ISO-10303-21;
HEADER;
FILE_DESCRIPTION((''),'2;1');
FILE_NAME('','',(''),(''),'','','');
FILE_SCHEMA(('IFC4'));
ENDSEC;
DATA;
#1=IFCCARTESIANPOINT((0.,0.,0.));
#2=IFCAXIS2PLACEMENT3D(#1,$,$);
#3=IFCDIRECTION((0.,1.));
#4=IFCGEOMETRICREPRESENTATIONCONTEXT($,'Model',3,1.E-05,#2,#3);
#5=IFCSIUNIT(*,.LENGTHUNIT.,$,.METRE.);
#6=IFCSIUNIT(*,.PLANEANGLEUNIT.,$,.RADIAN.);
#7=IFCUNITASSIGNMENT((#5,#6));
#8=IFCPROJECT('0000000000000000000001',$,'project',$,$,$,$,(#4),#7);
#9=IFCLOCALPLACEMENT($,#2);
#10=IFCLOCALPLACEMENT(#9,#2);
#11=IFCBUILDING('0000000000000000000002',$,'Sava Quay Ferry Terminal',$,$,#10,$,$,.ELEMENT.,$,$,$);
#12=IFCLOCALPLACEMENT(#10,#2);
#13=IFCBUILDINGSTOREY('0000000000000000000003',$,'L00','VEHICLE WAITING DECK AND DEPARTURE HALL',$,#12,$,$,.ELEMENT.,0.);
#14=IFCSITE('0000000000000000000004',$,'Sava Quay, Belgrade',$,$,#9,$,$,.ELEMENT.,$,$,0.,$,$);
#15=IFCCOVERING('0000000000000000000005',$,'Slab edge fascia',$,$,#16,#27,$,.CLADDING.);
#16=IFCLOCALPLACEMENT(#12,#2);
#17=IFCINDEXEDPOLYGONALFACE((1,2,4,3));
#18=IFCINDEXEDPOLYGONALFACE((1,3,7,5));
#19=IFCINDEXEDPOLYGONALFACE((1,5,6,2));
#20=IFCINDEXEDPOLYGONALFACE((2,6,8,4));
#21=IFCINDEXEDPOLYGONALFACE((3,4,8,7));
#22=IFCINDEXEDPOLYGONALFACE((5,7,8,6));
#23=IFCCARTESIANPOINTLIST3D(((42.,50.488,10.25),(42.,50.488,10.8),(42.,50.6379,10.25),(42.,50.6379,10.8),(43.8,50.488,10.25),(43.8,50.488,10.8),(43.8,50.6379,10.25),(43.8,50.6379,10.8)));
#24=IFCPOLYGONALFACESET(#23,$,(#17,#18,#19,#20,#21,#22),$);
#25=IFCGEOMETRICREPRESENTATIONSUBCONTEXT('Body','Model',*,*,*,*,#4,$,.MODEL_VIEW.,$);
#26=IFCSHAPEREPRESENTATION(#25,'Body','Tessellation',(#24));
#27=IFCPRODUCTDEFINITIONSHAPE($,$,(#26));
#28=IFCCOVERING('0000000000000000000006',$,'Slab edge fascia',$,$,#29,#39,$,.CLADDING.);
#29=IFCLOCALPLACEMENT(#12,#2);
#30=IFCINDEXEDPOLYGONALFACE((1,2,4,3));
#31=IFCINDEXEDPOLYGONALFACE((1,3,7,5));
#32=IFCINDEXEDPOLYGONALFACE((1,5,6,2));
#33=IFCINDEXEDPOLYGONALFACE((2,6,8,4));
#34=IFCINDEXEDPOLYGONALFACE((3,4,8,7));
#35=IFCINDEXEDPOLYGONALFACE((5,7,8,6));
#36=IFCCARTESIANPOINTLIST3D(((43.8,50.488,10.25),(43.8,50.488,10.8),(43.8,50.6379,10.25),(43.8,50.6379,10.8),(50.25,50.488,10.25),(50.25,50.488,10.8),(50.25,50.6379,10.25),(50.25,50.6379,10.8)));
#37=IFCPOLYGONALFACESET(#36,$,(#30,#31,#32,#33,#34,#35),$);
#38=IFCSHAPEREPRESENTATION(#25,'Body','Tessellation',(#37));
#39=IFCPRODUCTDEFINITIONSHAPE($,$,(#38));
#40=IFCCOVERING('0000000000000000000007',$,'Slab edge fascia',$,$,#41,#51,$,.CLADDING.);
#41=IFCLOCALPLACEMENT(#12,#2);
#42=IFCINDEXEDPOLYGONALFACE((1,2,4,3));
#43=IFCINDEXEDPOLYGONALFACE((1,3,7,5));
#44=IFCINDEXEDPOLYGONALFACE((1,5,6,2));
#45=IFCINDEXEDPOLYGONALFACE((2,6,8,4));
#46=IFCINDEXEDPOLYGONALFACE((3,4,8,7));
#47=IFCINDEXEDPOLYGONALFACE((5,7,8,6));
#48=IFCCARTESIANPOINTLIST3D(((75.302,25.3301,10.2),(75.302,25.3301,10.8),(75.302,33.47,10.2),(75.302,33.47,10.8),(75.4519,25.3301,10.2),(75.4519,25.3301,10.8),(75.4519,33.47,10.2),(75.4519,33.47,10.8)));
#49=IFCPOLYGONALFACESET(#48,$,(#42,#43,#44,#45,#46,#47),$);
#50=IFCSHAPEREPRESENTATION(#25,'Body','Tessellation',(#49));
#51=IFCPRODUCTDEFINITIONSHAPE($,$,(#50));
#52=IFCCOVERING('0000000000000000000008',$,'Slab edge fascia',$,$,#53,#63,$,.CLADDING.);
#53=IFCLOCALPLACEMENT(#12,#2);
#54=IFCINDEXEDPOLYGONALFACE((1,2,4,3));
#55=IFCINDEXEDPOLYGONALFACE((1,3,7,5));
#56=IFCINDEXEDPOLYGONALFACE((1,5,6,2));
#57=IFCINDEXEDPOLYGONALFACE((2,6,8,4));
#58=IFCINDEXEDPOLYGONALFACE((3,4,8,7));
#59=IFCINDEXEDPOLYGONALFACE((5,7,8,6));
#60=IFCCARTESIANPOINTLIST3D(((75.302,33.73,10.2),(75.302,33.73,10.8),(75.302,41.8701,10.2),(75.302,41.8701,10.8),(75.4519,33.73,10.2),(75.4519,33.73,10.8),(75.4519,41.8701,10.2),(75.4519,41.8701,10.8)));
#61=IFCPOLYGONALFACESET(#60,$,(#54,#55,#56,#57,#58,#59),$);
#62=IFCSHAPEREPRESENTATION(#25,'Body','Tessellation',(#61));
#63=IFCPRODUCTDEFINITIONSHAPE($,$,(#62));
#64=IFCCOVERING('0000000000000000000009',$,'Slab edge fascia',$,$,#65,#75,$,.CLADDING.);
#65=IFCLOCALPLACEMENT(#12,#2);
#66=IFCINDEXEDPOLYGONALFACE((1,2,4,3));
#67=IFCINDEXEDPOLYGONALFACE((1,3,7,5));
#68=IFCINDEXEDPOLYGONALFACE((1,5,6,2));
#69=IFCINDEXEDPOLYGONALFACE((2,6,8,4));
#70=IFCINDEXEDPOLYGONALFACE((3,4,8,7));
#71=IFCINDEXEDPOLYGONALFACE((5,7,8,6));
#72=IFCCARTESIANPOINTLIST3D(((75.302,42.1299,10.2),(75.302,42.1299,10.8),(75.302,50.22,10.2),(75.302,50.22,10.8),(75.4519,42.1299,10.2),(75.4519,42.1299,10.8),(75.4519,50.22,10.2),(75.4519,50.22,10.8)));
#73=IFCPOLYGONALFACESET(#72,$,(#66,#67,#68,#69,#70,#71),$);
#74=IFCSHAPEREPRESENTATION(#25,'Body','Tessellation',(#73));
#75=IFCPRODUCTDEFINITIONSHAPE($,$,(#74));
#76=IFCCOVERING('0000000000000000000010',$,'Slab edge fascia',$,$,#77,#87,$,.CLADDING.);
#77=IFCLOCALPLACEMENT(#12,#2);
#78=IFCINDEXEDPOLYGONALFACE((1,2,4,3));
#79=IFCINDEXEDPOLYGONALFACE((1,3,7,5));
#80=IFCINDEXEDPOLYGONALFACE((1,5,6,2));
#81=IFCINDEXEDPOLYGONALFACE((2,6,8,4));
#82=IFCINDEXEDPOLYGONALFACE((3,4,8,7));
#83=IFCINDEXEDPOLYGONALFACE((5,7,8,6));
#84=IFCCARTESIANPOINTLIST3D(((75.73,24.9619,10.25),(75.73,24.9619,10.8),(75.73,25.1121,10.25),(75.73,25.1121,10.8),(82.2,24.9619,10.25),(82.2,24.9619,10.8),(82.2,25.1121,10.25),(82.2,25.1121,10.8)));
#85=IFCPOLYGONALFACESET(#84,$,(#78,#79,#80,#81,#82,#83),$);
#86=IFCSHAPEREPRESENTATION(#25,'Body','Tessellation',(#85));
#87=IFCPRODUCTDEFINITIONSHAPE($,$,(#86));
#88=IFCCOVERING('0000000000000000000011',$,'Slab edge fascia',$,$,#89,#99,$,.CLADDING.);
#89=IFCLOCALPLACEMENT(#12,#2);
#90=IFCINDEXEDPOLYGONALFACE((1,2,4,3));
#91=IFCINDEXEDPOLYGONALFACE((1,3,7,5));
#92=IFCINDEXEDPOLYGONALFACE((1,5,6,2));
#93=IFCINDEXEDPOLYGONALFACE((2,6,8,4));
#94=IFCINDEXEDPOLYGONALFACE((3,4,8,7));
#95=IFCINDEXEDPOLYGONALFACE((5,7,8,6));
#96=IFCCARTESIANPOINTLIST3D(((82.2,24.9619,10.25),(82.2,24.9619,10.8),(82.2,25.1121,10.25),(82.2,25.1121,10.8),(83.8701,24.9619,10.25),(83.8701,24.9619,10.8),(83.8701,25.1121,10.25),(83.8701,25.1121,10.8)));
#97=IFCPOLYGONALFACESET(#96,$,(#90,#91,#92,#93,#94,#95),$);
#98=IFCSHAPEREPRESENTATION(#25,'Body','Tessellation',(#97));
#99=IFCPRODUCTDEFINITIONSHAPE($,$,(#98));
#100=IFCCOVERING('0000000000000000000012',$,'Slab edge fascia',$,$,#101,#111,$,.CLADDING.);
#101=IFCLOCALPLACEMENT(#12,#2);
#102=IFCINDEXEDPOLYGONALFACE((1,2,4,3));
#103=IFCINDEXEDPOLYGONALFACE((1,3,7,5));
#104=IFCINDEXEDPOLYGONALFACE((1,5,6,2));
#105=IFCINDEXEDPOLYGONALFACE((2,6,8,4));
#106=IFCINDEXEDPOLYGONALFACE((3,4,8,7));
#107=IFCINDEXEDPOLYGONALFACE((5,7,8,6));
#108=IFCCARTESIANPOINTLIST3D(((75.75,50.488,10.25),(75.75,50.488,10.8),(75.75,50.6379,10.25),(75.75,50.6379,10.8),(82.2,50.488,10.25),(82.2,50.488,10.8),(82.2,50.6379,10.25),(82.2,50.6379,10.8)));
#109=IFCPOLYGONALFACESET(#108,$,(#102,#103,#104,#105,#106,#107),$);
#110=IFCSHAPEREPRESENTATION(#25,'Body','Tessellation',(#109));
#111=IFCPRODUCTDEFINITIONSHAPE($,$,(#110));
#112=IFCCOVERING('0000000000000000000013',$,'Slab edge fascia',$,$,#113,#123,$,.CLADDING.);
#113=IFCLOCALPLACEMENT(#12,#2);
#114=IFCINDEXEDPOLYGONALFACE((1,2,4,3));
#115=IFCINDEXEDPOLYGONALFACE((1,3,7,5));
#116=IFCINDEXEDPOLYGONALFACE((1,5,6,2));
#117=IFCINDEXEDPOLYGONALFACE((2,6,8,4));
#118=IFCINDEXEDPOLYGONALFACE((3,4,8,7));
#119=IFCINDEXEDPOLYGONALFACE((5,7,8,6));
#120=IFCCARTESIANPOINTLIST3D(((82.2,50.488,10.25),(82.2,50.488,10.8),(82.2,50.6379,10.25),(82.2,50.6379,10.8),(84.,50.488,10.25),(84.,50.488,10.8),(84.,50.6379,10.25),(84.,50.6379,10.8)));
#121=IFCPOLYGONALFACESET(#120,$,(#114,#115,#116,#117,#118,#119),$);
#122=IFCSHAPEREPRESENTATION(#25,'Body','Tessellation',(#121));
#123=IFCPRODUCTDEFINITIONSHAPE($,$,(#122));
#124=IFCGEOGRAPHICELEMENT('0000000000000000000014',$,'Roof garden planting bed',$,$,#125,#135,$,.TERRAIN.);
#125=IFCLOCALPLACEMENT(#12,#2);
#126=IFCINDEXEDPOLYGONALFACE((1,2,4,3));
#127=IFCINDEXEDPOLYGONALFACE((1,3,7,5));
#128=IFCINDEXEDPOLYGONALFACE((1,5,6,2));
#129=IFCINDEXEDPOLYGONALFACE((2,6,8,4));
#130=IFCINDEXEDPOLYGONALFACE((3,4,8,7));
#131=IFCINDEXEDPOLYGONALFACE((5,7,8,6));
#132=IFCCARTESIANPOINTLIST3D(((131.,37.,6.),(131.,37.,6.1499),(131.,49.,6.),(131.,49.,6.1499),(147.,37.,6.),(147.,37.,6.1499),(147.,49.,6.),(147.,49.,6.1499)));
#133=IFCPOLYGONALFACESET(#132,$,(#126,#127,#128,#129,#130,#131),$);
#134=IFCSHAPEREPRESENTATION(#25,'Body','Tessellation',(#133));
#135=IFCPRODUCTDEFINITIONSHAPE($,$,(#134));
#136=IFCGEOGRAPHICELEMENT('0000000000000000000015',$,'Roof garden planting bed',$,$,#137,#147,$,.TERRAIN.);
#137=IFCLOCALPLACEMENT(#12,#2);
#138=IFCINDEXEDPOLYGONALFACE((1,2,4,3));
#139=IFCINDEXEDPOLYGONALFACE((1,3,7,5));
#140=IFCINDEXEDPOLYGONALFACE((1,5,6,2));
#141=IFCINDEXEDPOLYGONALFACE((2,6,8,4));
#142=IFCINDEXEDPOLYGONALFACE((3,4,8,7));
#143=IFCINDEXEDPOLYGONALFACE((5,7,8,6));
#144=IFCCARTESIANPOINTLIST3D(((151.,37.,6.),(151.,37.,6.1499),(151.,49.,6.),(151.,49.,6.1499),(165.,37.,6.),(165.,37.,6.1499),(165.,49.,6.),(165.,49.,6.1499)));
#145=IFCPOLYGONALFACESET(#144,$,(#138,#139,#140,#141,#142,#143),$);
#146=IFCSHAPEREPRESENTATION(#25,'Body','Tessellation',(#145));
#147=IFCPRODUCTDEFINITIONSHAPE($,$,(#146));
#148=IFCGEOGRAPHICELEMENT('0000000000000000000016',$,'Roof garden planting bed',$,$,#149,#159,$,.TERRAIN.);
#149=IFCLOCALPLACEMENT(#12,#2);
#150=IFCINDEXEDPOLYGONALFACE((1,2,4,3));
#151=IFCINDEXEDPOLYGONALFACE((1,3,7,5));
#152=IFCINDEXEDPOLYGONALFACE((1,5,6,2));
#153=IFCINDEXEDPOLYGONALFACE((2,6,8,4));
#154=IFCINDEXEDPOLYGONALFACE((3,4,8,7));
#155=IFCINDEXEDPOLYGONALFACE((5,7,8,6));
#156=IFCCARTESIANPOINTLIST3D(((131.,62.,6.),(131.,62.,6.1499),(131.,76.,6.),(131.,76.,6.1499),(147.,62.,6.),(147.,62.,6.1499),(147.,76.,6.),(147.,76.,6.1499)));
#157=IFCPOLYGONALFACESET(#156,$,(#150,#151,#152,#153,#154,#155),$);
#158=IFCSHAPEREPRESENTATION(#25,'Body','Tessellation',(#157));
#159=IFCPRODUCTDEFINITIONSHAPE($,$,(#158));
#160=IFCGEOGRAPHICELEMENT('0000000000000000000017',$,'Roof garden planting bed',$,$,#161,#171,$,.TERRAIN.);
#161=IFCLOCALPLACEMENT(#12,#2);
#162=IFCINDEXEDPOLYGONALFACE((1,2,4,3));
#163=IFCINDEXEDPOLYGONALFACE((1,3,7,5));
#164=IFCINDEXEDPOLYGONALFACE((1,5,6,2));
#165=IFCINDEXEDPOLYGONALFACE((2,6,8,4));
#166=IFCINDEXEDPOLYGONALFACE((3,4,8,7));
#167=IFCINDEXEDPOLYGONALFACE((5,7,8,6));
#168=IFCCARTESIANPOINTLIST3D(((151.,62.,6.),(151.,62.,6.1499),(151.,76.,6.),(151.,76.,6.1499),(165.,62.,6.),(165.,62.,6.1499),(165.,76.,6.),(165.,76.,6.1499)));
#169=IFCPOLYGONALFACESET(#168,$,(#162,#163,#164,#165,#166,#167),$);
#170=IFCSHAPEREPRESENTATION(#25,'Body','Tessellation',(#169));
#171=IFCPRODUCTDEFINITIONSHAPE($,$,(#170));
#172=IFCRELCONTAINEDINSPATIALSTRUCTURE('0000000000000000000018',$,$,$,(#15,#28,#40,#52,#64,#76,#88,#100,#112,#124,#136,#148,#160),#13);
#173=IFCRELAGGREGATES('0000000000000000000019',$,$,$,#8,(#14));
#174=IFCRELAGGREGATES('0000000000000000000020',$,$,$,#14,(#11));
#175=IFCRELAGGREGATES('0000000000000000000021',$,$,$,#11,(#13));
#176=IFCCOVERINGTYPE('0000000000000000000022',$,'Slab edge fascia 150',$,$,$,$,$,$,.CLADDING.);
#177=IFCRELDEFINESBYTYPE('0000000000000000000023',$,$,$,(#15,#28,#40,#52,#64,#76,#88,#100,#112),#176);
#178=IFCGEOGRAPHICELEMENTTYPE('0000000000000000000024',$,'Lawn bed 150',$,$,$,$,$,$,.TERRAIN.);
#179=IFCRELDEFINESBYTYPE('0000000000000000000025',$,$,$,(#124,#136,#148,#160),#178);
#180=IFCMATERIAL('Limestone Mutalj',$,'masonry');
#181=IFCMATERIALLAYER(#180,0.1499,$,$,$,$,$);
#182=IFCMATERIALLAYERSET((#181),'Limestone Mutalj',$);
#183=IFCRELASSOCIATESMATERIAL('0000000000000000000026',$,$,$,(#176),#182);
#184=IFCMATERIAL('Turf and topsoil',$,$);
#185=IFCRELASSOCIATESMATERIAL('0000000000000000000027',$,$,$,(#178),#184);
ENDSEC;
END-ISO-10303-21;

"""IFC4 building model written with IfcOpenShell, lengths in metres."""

from ifc_helpers import new_model, si_unit, direction, frame, origin, place, context, subcontext, project, spatial, polyline, outline, extrude, material, layer, layer_set, type_object, element, save


model = new_model("IFC4")

# Units and contexts
model_context = context("Model", 3, precision=1e-05, world=origin(), true_north=direction((0.0, 1.0)))
body_context = subcontext(model_context, "Body", "Model", "MODEL_VIEW")
ifc_project = project(units=[si_unit("LENGTHUNIT", "METRE"), si_unit("PLANEANGLEUNIT", "RADIAN")], contexts=[model_context])

# Site, building, storey
site_placement = place(None, origin())
site = spatial("IfcSite", under=ifc_project, at=site_placement, Name="Sava Quay, Belgrade", CompositionType="ELEMENT", RefElevation=0.0)
building_placement = place(site_placement, origin())
building = spatial("IfcBuilding", under=site, at=building_placement, Name="Sava Quay Ferry Terminal", CompositionType="ELEMENT")
storey_placement = place(building_placement, origin())
storey = spatial("IfcBuildingStorey", under=building, at=storey_placement, Name="L00", Description="VEHICLE WAITING DECK AND DEPARTURE HALL", CompositionType="ELEMENT", Elevation=0.0)

# Coverings
ifc_material_1 = material(Name="Limestone Mutalj", Category="masonry")
ifc_layer_1 = layer(ifc_material_1, 0.1499)
ifc_layer_set_1 = layer_set([ifc_layer_1], Name="Limestone Mutalj")
covering_type_1 = type_object("IfcCoveringType", Name="Slab edge fascia 150", PredefinedType="CLADDING", material=ifc_layer_set_1)
covering_1_placement = place(storey_placement, frame((0.0, 0.0, 10.25)))
element("IfcCovering", 1, at=covering_1_placement, inside=storey, type_object=covering_type_1, Name="Slab edge fascia", PredefinedType="CLADDING", context=body_context, shape_type="SweptSolid", body=[
    extrude(outline(polyline([(42.0, 50.6379), (42.0, 50.488), (43.8, 50.488), (43.8, 50.6379), (42.0, 50.6379)])), origin(), (0.0, 0.0, 1.0), 0.55),
])
covering_2_placement = place(storey_placement, frame((0.0, 0.0, 10.25)))
element("IfcCovering", 2, at=covering_2_placement, inside=storey, type_object=covering_type_1, Name="Slab edge fascia", PredefinedType="CLADDING", context=body_context, shape_type="SweptSolid", body=[
    extrude(outline(polyline([(43.8, 50.6379), (43.8, 50.488), (50.25, 50.488), (50.25, 50.6379), (43.8, 50.6379)])), origin(), (0.0, 0.0, 1.0), 0.55),
])
covering_3_placement = place(storey_placement, frame((0.0, 0.0, 10.2)))
element("IfcCovering", 3, at=covering_3_placement, inside=storey, type_object=covering_type_1, Name="Slab edge fascia", PredefinedType="CLADDING", context=body_context, shape_type="SweptSolid", body=[
    extrude(outline(polyline([(75.302, 25.3301), (75.4519, 25.3301), (75.4519, 33.47), (75.302, 33.47), (75.302, 25.3301)])), origin(), (0.0, 0.0, 1.0), 0.6001),
])
covering_4_placement = place(storey_placement, frame((0.0, 0.0, 10.2)))
element("IfcCovering", 4, at=covering_4_placement, inside=storey, type_object=covering_type_1, Name="Slab edge fascia", PredefinedType="CLADDING", context=body_context, shape_type="SweptSolid", body=[
    extrude(outline(polyline([(75.302, 33.73), (75.4519, 33.73), (75.4519, 41.8701), (75.302, 41.8701), (75.302, 33.73)])), origin(), (0.0, 0.0, 1.0), 0.6001),
])
covering_5_placement = place(storey_placement, frame((0.0, 0.0, 10.2)))
element("IfcCovering", 5, at=covering_5_placement, inside=storey, type_object=covering_type_1, Name="Slab edge fascia", PredefinedType="CLADDING", context=body_context, shape_type="SweptSolid", body=[
    extrude(outline(polyline([(75.302, 42.1299), (75.4519, 42.1299), (75.4519, 50.22), (75.302, 50.22), (75.302, 42.1299)])), origin(), (0.0, 0.0, 1.0), 0.6001),
])
covering_6_placement = place(storey_placement, frame((0.0, 0.0, 10.25)))
element("IfcCovering", 6, at=covering_6_placement, inside=storey, type_object=covering_type_1, Name="Slab edge fascia", PredefinedType="CLADDING", context=body_context, shape_type="SweptSolid", body=[
    extrude(outline(polyline([(82.2, 25.1121), (75.73, 25.1121), (75.73, 24.9619), (82.2, 24.9619), (82.2, 25.1121)])), origin(), (0.0, 0.0, 1.0), 0.55),
])
covering_7_placement = place(storey_placement, frame((0.0, 0.0, 10.25)))
element("IfcCovering", 7, at=covering_7_placement, inside=storey, type_object=covering_type_1, Name="Slab edge fascia", PredefinedType="CLADDING", context=body_context, shape_type="SweptSolid", body=[
    extrude(outline(polyline([(83.8701, 25.1121), (82.2, 25.1121), (82.2, 24.9619), (83.8701, 24.9619), (83.8701, 25.1121)])), origin(), (0.0, 0.0, 1.0), 0.55),
])
covering_8_placement = place(storey_placement, frame((0.0, 0.0, 10.25)))
element("IfcCovering", 8, at=covering_8_placement, inside=storey, type_object=covering_type_1, Name="Slab edge fascia", PredefinedType="CLADDING", context=body_context, shape_type="SweptSolid", body=[
    extrude(outline(polyline([(75.75, 50.6379), (75.75, 50.488), (82.2, 50.488), (82.2, 50.6379), (75.75, 50.6379)])), origin(), (0.0, 0.0, 1.0), 0.55),
])
covering_9_placement = place(storey_placement, frame((0.0, 0.0, 10.25)))
element("IfcCovering", 9, at=covering_9_placement, inside=storey, type_object=covering_type_1, Name="Slab edge fascia", PredefinedType="CLADDING", context=body_context, shape_type="SweptSolid", body=[
    extrude(outline(polyline([(82.2, 50.488), (84.0, 50.488), (84.0, 50.6379), (82.2, 50.6379), (82.2, 50.488)])), origin(), (0.0, 0.0, 1.0), 0.55),
])

# Geographic elements
ifc_material_2 = material(Name="Turf and topsoil")
geographic_element_type = type_object("IfcGeographicElementType", Name="Lawn bed 150", PredefinedType="TERRAIN", material=ifc_material_2)
geographic_element_1_placement = place(storey_placement, frame((0.0, 0.0, 6.0)))
element("IfcGeographicElement", 10, at=geographic_element_1_placement, inside=storey, type_object=geographic_element_type, Name="Roof garden planting bed", PredefinedType="TERRAIN", context=body_context, shape_type="SweptSolid", body=[
    extrude(outline(polyline([(147.0, 37.0), (147.0, 49.0), (131.0, 49.0), (131.0, 37.0), (147.0, 37.0)])), origin(), (0.0, 0.0, 1.0), 0.1499),
])
geographic_element_2_placement = place(storey_placement, frame((0.0, 0.0, 6.0)))
element("IfcGeographicElement", 11, at=geographic_element_2_placement, inside=storey, type_object=geographic_element_type, Name="Roof garden planting bed", PredefinedType="TERRAIN", context=body_context, shape_type="SweptSolid", body=[
    extrude(outline(polyline([(165.0, 37.0), (165.0, 49.0), (151.0, 49.0), (151.0, 37.0), (165.0, 37.0)])), origin(), (0.0, 0.0, 1.0), 0.1499),
])
geographic_element_3_placement = place(storey_placement, frame((0.0, 0.0, 6.0)))
element("IfcGeographicElement", 12, at=geographic_element_3_placement, inside=storey, type_object=geographic_element_type, Name="Roof garden planting bed", PredefinedType="TERRAIN", context=body_context, shape_type="SweptSolid", body=[
    extrude(outline(polyline([(147.0, 62.0), (147.0, 76.0), (131.0, 76.0), (131.0, 62.0), (147.0, 62.0)])), origin(), (0.0, 0.0, 1.0), 0.1499),
])
geographic_element_4_placement = place(storey_placement, frame((0.0, 0.0, 6.0)))
element("IfcGeographicElement", 13, at=geographic_element_4_placement, inside=storey, type_object=geographic_element_type, Name="Roof garden planting bed", PredefinedType="TERRAIN", context=body_context, shape_type="SweptSolid", body=[
    extrude(outline(polyline([(165.0, 62.0), (165.0, 76.0), (151.0, 76.0), (151.0, 62.0), (165.0, 62.0)])), origin(), (0.0, 0.0, 1.0), 0.1499),
])

save(model, "model.ifc")
